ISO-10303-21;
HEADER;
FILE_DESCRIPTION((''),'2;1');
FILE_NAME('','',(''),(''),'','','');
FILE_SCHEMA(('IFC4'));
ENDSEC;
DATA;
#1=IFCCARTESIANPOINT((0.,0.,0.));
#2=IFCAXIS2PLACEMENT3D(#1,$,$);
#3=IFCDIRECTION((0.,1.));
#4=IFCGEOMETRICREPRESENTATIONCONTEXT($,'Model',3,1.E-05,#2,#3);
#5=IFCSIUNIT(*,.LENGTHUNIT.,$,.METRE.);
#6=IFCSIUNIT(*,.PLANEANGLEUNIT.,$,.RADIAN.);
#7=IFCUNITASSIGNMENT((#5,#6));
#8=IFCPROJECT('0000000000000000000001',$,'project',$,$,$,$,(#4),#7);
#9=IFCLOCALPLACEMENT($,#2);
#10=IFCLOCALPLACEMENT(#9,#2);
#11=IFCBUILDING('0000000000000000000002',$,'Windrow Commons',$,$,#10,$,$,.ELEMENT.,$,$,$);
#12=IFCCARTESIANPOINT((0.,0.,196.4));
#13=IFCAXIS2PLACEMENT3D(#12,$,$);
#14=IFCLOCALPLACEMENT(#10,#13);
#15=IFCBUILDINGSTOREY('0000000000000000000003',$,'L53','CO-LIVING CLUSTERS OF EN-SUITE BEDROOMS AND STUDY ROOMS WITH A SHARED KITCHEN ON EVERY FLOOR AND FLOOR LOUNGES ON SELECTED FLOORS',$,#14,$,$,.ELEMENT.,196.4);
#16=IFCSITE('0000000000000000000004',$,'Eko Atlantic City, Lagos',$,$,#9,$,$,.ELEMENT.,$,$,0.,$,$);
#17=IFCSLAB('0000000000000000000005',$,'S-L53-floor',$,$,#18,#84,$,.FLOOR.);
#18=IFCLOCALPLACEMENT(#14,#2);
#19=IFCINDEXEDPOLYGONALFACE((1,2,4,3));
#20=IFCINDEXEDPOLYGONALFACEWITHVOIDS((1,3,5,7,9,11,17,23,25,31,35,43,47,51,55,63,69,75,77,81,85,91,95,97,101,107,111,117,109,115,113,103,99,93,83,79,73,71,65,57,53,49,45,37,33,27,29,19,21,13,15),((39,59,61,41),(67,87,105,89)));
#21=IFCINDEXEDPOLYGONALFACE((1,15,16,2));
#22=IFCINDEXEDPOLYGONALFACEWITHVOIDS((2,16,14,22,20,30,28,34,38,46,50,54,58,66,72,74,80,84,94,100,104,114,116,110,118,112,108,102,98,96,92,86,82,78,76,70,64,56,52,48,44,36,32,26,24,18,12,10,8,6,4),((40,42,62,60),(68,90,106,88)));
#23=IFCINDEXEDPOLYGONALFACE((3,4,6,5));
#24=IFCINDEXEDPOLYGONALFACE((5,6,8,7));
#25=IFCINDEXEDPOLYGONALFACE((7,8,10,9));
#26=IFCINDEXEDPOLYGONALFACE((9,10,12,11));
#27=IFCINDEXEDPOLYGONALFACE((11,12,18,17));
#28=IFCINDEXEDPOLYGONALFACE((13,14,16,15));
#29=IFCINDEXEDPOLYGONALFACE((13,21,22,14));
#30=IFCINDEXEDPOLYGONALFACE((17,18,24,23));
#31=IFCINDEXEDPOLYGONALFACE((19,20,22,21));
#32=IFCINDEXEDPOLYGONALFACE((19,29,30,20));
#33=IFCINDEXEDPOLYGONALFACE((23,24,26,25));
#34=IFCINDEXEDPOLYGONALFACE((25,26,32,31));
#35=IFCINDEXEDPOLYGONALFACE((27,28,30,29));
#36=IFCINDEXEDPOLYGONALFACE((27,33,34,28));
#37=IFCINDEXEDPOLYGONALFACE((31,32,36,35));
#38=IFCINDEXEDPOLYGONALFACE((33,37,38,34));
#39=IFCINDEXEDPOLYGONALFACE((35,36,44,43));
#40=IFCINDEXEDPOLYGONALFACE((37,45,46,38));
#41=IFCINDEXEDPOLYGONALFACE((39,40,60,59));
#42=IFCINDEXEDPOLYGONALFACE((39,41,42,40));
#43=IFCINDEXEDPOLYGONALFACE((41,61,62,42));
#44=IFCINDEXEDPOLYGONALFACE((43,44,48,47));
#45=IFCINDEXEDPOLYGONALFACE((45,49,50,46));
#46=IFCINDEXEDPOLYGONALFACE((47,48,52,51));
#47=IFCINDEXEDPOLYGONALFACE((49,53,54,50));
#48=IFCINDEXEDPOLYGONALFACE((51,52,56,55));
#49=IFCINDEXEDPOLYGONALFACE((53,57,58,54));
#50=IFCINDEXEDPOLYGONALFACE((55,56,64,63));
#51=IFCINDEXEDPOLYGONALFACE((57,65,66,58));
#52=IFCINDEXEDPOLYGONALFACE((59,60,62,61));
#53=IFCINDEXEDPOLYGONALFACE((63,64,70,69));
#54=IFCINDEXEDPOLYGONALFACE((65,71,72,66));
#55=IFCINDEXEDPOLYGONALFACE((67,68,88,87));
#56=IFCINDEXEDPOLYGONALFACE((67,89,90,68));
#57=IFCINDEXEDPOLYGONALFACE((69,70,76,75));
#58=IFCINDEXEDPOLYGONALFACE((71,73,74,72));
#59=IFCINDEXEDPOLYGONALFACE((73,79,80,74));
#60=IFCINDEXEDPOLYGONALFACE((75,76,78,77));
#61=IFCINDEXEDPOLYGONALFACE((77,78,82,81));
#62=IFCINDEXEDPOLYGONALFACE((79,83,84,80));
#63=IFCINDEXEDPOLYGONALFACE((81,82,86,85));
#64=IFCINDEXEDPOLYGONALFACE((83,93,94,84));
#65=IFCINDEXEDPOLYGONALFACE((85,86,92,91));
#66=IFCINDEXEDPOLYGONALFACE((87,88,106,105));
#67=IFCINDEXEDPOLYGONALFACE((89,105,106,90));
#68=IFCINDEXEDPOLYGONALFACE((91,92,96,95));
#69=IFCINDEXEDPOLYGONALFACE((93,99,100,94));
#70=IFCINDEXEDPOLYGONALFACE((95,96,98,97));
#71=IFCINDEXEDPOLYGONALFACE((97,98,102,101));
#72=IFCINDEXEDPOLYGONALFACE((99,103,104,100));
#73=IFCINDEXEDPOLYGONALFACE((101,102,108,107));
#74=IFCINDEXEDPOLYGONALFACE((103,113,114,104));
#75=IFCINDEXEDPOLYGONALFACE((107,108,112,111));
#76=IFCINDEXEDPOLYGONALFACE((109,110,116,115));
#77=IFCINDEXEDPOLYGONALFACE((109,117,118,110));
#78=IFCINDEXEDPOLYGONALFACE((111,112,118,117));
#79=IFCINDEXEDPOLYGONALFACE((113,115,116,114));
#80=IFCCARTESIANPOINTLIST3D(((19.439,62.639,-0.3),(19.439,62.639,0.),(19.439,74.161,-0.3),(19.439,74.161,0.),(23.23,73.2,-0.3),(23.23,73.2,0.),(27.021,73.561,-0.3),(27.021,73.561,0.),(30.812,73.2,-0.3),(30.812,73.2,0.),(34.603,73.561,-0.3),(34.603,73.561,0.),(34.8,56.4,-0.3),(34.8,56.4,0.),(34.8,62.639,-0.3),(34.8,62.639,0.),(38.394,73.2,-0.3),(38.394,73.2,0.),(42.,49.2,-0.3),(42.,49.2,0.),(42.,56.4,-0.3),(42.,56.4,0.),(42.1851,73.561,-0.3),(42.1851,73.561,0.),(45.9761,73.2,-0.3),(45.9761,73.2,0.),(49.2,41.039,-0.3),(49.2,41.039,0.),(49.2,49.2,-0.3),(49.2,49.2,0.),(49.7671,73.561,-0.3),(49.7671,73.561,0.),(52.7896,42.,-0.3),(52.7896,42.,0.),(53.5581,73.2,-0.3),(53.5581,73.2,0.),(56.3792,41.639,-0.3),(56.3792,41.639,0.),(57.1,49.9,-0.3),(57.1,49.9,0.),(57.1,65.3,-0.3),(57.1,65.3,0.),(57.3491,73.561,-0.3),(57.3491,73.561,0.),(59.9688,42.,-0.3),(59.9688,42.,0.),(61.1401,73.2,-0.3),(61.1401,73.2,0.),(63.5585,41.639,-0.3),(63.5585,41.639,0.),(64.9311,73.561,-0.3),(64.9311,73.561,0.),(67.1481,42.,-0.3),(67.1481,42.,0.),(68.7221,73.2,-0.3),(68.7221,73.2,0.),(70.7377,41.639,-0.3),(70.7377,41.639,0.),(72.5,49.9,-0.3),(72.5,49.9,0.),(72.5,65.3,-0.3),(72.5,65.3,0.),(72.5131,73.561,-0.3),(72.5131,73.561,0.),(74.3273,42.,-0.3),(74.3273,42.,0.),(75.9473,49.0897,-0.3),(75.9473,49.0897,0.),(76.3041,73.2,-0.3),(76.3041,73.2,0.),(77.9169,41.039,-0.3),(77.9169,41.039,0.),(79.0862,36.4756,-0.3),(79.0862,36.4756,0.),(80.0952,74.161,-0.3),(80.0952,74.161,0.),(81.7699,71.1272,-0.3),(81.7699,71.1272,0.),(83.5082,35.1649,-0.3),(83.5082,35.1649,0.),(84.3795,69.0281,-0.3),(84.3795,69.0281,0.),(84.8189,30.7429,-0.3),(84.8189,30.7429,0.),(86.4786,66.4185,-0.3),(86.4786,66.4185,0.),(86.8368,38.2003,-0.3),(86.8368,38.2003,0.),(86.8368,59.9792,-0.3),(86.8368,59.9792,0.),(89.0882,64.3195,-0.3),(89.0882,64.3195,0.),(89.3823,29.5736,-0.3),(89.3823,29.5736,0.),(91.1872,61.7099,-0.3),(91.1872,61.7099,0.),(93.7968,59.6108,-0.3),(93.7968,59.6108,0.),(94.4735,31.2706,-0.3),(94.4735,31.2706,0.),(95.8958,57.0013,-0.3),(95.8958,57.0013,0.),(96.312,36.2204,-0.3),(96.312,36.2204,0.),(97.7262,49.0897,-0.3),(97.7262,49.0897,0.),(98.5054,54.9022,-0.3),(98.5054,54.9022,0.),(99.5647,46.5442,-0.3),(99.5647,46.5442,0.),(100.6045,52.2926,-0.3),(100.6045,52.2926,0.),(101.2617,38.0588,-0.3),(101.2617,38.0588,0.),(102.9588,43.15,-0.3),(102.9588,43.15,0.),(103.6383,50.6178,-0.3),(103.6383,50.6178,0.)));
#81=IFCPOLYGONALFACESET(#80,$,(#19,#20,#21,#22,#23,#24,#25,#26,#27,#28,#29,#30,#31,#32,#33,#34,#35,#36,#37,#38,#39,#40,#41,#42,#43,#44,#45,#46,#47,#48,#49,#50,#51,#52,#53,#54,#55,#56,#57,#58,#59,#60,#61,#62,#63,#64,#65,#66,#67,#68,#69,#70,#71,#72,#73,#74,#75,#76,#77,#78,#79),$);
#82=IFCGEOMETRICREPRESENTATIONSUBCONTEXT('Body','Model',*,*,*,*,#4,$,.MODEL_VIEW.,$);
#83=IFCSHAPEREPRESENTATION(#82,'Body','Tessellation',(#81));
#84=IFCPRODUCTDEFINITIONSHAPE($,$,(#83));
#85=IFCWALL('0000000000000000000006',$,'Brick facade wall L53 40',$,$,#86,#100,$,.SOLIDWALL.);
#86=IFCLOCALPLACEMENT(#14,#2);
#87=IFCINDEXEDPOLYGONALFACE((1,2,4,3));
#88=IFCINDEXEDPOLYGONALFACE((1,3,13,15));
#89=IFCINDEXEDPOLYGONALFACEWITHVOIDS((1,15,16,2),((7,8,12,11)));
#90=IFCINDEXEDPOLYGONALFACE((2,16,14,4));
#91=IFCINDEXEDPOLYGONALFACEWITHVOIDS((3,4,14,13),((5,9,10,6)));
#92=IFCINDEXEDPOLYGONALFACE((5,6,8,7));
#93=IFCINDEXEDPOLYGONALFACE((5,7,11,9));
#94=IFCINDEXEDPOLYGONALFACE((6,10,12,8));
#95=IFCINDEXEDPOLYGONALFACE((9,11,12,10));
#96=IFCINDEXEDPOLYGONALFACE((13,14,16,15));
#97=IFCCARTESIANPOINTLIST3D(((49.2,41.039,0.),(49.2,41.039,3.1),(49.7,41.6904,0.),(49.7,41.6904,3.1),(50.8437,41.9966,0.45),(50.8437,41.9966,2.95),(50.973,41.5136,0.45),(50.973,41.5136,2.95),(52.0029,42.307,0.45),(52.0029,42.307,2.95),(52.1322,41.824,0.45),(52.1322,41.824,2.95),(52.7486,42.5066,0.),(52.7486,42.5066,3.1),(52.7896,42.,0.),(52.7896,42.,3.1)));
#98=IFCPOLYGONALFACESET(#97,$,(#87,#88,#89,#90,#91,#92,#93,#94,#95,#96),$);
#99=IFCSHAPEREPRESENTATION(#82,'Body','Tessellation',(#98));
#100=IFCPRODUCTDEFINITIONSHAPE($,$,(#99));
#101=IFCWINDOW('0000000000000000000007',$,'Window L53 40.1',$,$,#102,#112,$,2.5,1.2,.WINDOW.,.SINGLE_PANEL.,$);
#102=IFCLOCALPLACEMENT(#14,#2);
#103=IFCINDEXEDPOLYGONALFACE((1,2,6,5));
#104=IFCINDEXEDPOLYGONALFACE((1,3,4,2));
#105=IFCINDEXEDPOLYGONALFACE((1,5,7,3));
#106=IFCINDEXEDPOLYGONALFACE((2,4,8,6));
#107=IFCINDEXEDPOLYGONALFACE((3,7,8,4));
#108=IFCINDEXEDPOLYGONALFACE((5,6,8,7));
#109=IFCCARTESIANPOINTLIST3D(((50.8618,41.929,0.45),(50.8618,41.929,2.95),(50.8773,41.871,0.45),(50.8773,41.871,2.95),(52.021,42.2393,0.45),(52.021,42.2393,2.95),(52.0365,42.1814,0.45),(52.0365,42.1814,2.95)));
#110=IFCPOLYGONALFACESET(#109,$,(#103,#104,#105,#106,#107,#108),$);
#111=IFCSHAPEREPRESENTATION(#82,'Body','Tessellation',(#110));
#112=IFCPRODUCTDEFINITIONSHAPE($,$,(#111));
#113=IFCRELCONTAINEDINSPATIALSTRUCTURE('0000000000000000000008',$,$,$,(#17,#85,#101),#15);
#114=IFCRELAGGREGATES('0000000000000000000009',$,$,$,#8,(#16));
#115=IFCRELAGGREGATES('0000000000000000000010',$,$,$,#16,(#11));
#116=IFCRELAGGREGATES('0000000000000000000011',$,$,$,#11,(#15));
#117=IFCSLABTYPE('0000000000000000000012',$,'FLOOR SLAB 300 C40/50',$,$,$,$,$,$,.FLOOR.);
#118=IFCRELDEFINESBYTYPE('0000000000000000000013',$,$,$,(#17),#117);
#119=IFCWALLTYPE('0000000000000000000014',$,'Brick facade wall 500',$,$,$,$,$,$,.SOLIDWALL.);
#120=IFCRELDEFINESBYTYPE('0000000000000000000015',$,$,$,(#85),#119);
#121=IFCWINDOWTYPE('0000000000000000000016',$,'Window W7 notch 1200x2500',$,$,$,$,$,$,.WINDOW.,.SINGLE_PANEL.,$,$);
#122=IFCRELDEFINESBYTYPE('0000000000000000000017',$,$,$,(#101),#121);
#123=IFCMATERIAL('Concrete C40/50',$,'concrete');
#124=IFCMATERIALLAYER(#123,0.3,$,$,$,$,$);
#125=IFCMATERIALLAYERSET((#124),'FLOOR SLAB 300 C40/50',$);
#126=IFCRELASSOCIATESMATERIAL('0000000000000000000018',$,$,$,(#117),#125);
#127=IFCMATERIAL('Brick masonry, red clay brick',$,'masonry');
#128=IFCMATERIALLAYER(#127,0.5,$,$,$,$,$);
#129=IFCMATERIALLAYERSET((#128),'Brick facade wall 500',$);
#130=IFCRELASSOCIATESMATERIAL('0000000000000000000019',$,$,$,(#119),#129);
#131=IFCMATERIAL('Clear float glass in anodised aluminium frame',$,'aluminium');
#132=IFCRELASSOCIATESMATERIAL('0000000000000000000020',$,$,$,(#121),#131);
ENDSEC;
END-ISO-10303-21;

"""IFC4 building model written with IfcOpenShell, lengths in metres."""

from ifc_helpers import new_model, si_unit, direction, frame, frame_2d, origin, place, context, subcontext, project, spatial, polyline, rectangle, outline, extrude, material, layer, layer_set, type_object, element, fill, save


model = new_model("IFC4")

# Units and contexts
model_context = context("Model", 3, precision=1e-05, world=origin(), true_north=direction((0.0, 1.0)))
body_context = subcontext(model_context, "Body", "Model", "MODEL_VIEW")
ifc_project = project(units=[si_unit("LENGTHUNIT", "METRE"), si_unit("PLANEANGLEUNIT", "RADIAN")], contexts=[model_context])

# Site, building, storey
site_placement = place(None, origin())
site = spatial("IfcSite", under=ifc_project, at=site_placement, Name="Eko Atlantic City, Lagos", CompositionType="ELEMENT", RefElevation=0.0)
building_placement = place(site_placement, origin())
building = spatial("IfcBuilding", under=site, at=building_placement, Name="Windrow Commons", CompositionType="ELEMENT")
storey_placement = place(building_placement, frame((0.0, 0.0, 196.4)))
storey = spatial("IfcBuildingStorey", under=building, at=storey_placement, Name="L53", Description="CO-LIVING CLUSTERS OF EN-SUITE BEDROOMS AND STUDY ROOMS WITH A SHARED KITCHEN ON EVERY FLOOR AND FLOOR LOUNGES ON SELECTED FLOORS", CompositionType="ELEMENT", Elevation=196.4)

# Shared definitions
placement_1 = place(storey_placement, frame((0.0, 0.0, -0.3)))

# Slab, openings
ifc_material_1 = material(Name="Concrete C40/50", Category="concrete")
ifc_layer_1 = layer(ifc_material_1, 0.3)
ifc_layer_set_1 = layer_set([ifc_layer_1], Name="FLOOR SLAB 300 C40/50")
slab_type_1 = type_object("IfcSlabType", Name="FLOOR SLAB 300 C40/50", PredefinedType="FLOOR", material=ifc_layer_set_1)
slab_1 = element("IfcSlab", 1, at=placement_1, inside=storey, type_object=slab_type_1, Name="S-L53-floor", PredefinedType="FLOOR", context=body_context, shape_type="SweptSolid", body=[
    extrude(outline(polyline([(84.8189, 30.7429), (89.3823, 29.5736), (94.4735, 31.2706), (96.312, 36.2204), (101.2617, 38.0588), (102.9588, 43.15), (99.5647, 46.5442), (103.6383, 50.6178), (100.6045, 52.2926), (98.5054, 54.9022), (95.8958, 57.0013), (93.7968, 59.6108), (91.1872, 61.7099), (89.0882, 64.3195), (86.4786, 66.4185), (84.3795, 69.0281), (81.7699, 71.1272), (80.0952, 74.161), (76.3041, 73.2), (72.5131, 73.561), (68.7221, 73.2), (64.9311, 73.561), (61.1401, 73.2), (57.3491, 73.561), (53.5581, 73.2), (49.7671, 73.561), (45.9761, 73.2), (42.1851, 73.561), (38.394, 73.2), (34.603, 73.561), (30.812, 73.2), (27.021, 73.561), (23.23, 73.2), (19.439, 74.161), (19.439, 62.639), (34.8, 62.639), (34.8, 56.4), (42.0, 56.4), (42.0, 49.2), (49.2, 49.2), (49.2, 41.039), (52.7896, 42.0), (56.3792, 41.639), (59.9688, 42.0), (63.5585, 41.639), (67.1481, 42.0), (70.7377, 41.639), (74.3273, 42.0), (77.9169, 41.039), (79.0862, 36.4756), (83.5082, 35.1649), (84.8189, 30.7429)]), holes=[polyline([(75.9473, 49.0897), (86.8368, 59.9792), (97.7262, 49.0897), (86.8368, 38.2003), (75.9473, 49.0897)]), polyline([(57.1, 49.9), (57.1, 65.3), (72.5, 65.3), (72.5, 49.9), (57.1, 49.9)])]), origin(), (0.0, 0.0, 1.0), 0.3),
])
opening_1_placement = place(placement_1, origin())
element("IfcOpeningElement", 2, at=opening_1_placement, cuts=slab_1, PredefinedType="OPENING", context=body_context, shape_type="SweptSolid", body=[
    extrude(outline(polyline([(75.9544, 49.0897), (86.8368, 59.9721), (97.7191, 49.0897), (86.8368, 38.2074), (75.9544, 49.0897)])), origin(), (0.0, 0.0, 1.0), 0.3),
])
opening_2_placement = place(placement_1, origin())
element("IfcOpeningElement", 3, at=opening_2_placement, cuts=slab_1, PredefinedType="OPENING", context=body_context, shape_type="SweptSolid", body=[
    extrude(outline(polyline([(57.105, 49.905), (57.105, 65.295), (72.495, 65.295), (72.495, 49.905), (57.105, 49.905)])), origin(), (0.0, 0.0, 1.0), 0.3),
])

# Wall, opening, window
ifc_material_2 = material(Name="Brick masonry, red clay brick", Category="masonry")
ifc_layer_2 = layer(ifc_material_2, 0.5)
ifc_layer_set_2 = layer_set([ifc_layer_2], Name="Brick facade wall 500")
wall_type = type_object("IfcWallType", Name="Brick facade wall 500", PredefinedType="SOLIDWALL", material=ifc_layer_set_2)
wall_placement = place(storey_placement, frame((49.45, 41.3647, 0.0), z_axis=(0.0, 0.0, 1.0), x_axis=(0.96598, 0.258615, 0.0)))
wall = element("IfcWall", 4, at=wall_placement, inside=storey, type_object=wall_type, Name="Brick facade wall L53 40", PredefinedType="SOLIDWALL", context=body_context, shape_type="SweptSolid", body=[
    extrude(outline(polyline([(-0.3257, -0.25), (3.3903, -0.25), (3.4817, 0.25), (0.3257, 0.25), (-0.3257, -0.25)])), origin(), (0.0, 0.0, 1.0), 3.1),
])
opening_3_placement = place(wall_placement, frame((1.5097, 0.0, 0.45)))
opening_3 = element("IfcOpeningElement", 5, at=opening_3_placement, cuts=wall, PredefinedType="OPENING", context=body_context, shape_type="SweptSolid", body=[
    extrude(rectangle(XDim=1.2, YDim=2.5, at=frame_2d((0.6, 1.25))), frame((0.0, 0.26, 0.0), z_axis=(0.0, -1.0, 0.0), x_axis=(1.0, 0.0, 0.0)), (0.0, 0.0, 1.0), 0.52),
])
ifc_material_3 = material(Name="Clear float glass in anodised aluminium frame", Category="aluminium")
window_type = type_object("IfcWindowType", Name="Window W7 notch 1200x2500", PartitioningType="SINGLE_PANEL", PredefinedType="WINDOW", material=ifc_material_3)
window_placement = place(opening_3_placement, origin())
window = element("IfcWindow", 6, at=window_placement, inside=storey, type_object=window_type, Name="Window L53 40.1", OverallHeight=2.5, OverallWidth=1.2, PartitioningType="SINGLE_PANEL", PredefinedType="WINDOW", context=body_context, shape_type="SweptSolid", body=[
    extrude(rectangle(XDim=1.2, YDim=2.5, at=frame_2d((0.6, 1.25))), frame((0.0, 0.18, 0.0), z_axis=(0.0, -1.0, 0.0), x_axis=(1.0, 0.0, 0.0)), (0.0, 0.0, 1.0), 0.06),
])
fill(opening_3, window)

save(model, "model.ifc")
